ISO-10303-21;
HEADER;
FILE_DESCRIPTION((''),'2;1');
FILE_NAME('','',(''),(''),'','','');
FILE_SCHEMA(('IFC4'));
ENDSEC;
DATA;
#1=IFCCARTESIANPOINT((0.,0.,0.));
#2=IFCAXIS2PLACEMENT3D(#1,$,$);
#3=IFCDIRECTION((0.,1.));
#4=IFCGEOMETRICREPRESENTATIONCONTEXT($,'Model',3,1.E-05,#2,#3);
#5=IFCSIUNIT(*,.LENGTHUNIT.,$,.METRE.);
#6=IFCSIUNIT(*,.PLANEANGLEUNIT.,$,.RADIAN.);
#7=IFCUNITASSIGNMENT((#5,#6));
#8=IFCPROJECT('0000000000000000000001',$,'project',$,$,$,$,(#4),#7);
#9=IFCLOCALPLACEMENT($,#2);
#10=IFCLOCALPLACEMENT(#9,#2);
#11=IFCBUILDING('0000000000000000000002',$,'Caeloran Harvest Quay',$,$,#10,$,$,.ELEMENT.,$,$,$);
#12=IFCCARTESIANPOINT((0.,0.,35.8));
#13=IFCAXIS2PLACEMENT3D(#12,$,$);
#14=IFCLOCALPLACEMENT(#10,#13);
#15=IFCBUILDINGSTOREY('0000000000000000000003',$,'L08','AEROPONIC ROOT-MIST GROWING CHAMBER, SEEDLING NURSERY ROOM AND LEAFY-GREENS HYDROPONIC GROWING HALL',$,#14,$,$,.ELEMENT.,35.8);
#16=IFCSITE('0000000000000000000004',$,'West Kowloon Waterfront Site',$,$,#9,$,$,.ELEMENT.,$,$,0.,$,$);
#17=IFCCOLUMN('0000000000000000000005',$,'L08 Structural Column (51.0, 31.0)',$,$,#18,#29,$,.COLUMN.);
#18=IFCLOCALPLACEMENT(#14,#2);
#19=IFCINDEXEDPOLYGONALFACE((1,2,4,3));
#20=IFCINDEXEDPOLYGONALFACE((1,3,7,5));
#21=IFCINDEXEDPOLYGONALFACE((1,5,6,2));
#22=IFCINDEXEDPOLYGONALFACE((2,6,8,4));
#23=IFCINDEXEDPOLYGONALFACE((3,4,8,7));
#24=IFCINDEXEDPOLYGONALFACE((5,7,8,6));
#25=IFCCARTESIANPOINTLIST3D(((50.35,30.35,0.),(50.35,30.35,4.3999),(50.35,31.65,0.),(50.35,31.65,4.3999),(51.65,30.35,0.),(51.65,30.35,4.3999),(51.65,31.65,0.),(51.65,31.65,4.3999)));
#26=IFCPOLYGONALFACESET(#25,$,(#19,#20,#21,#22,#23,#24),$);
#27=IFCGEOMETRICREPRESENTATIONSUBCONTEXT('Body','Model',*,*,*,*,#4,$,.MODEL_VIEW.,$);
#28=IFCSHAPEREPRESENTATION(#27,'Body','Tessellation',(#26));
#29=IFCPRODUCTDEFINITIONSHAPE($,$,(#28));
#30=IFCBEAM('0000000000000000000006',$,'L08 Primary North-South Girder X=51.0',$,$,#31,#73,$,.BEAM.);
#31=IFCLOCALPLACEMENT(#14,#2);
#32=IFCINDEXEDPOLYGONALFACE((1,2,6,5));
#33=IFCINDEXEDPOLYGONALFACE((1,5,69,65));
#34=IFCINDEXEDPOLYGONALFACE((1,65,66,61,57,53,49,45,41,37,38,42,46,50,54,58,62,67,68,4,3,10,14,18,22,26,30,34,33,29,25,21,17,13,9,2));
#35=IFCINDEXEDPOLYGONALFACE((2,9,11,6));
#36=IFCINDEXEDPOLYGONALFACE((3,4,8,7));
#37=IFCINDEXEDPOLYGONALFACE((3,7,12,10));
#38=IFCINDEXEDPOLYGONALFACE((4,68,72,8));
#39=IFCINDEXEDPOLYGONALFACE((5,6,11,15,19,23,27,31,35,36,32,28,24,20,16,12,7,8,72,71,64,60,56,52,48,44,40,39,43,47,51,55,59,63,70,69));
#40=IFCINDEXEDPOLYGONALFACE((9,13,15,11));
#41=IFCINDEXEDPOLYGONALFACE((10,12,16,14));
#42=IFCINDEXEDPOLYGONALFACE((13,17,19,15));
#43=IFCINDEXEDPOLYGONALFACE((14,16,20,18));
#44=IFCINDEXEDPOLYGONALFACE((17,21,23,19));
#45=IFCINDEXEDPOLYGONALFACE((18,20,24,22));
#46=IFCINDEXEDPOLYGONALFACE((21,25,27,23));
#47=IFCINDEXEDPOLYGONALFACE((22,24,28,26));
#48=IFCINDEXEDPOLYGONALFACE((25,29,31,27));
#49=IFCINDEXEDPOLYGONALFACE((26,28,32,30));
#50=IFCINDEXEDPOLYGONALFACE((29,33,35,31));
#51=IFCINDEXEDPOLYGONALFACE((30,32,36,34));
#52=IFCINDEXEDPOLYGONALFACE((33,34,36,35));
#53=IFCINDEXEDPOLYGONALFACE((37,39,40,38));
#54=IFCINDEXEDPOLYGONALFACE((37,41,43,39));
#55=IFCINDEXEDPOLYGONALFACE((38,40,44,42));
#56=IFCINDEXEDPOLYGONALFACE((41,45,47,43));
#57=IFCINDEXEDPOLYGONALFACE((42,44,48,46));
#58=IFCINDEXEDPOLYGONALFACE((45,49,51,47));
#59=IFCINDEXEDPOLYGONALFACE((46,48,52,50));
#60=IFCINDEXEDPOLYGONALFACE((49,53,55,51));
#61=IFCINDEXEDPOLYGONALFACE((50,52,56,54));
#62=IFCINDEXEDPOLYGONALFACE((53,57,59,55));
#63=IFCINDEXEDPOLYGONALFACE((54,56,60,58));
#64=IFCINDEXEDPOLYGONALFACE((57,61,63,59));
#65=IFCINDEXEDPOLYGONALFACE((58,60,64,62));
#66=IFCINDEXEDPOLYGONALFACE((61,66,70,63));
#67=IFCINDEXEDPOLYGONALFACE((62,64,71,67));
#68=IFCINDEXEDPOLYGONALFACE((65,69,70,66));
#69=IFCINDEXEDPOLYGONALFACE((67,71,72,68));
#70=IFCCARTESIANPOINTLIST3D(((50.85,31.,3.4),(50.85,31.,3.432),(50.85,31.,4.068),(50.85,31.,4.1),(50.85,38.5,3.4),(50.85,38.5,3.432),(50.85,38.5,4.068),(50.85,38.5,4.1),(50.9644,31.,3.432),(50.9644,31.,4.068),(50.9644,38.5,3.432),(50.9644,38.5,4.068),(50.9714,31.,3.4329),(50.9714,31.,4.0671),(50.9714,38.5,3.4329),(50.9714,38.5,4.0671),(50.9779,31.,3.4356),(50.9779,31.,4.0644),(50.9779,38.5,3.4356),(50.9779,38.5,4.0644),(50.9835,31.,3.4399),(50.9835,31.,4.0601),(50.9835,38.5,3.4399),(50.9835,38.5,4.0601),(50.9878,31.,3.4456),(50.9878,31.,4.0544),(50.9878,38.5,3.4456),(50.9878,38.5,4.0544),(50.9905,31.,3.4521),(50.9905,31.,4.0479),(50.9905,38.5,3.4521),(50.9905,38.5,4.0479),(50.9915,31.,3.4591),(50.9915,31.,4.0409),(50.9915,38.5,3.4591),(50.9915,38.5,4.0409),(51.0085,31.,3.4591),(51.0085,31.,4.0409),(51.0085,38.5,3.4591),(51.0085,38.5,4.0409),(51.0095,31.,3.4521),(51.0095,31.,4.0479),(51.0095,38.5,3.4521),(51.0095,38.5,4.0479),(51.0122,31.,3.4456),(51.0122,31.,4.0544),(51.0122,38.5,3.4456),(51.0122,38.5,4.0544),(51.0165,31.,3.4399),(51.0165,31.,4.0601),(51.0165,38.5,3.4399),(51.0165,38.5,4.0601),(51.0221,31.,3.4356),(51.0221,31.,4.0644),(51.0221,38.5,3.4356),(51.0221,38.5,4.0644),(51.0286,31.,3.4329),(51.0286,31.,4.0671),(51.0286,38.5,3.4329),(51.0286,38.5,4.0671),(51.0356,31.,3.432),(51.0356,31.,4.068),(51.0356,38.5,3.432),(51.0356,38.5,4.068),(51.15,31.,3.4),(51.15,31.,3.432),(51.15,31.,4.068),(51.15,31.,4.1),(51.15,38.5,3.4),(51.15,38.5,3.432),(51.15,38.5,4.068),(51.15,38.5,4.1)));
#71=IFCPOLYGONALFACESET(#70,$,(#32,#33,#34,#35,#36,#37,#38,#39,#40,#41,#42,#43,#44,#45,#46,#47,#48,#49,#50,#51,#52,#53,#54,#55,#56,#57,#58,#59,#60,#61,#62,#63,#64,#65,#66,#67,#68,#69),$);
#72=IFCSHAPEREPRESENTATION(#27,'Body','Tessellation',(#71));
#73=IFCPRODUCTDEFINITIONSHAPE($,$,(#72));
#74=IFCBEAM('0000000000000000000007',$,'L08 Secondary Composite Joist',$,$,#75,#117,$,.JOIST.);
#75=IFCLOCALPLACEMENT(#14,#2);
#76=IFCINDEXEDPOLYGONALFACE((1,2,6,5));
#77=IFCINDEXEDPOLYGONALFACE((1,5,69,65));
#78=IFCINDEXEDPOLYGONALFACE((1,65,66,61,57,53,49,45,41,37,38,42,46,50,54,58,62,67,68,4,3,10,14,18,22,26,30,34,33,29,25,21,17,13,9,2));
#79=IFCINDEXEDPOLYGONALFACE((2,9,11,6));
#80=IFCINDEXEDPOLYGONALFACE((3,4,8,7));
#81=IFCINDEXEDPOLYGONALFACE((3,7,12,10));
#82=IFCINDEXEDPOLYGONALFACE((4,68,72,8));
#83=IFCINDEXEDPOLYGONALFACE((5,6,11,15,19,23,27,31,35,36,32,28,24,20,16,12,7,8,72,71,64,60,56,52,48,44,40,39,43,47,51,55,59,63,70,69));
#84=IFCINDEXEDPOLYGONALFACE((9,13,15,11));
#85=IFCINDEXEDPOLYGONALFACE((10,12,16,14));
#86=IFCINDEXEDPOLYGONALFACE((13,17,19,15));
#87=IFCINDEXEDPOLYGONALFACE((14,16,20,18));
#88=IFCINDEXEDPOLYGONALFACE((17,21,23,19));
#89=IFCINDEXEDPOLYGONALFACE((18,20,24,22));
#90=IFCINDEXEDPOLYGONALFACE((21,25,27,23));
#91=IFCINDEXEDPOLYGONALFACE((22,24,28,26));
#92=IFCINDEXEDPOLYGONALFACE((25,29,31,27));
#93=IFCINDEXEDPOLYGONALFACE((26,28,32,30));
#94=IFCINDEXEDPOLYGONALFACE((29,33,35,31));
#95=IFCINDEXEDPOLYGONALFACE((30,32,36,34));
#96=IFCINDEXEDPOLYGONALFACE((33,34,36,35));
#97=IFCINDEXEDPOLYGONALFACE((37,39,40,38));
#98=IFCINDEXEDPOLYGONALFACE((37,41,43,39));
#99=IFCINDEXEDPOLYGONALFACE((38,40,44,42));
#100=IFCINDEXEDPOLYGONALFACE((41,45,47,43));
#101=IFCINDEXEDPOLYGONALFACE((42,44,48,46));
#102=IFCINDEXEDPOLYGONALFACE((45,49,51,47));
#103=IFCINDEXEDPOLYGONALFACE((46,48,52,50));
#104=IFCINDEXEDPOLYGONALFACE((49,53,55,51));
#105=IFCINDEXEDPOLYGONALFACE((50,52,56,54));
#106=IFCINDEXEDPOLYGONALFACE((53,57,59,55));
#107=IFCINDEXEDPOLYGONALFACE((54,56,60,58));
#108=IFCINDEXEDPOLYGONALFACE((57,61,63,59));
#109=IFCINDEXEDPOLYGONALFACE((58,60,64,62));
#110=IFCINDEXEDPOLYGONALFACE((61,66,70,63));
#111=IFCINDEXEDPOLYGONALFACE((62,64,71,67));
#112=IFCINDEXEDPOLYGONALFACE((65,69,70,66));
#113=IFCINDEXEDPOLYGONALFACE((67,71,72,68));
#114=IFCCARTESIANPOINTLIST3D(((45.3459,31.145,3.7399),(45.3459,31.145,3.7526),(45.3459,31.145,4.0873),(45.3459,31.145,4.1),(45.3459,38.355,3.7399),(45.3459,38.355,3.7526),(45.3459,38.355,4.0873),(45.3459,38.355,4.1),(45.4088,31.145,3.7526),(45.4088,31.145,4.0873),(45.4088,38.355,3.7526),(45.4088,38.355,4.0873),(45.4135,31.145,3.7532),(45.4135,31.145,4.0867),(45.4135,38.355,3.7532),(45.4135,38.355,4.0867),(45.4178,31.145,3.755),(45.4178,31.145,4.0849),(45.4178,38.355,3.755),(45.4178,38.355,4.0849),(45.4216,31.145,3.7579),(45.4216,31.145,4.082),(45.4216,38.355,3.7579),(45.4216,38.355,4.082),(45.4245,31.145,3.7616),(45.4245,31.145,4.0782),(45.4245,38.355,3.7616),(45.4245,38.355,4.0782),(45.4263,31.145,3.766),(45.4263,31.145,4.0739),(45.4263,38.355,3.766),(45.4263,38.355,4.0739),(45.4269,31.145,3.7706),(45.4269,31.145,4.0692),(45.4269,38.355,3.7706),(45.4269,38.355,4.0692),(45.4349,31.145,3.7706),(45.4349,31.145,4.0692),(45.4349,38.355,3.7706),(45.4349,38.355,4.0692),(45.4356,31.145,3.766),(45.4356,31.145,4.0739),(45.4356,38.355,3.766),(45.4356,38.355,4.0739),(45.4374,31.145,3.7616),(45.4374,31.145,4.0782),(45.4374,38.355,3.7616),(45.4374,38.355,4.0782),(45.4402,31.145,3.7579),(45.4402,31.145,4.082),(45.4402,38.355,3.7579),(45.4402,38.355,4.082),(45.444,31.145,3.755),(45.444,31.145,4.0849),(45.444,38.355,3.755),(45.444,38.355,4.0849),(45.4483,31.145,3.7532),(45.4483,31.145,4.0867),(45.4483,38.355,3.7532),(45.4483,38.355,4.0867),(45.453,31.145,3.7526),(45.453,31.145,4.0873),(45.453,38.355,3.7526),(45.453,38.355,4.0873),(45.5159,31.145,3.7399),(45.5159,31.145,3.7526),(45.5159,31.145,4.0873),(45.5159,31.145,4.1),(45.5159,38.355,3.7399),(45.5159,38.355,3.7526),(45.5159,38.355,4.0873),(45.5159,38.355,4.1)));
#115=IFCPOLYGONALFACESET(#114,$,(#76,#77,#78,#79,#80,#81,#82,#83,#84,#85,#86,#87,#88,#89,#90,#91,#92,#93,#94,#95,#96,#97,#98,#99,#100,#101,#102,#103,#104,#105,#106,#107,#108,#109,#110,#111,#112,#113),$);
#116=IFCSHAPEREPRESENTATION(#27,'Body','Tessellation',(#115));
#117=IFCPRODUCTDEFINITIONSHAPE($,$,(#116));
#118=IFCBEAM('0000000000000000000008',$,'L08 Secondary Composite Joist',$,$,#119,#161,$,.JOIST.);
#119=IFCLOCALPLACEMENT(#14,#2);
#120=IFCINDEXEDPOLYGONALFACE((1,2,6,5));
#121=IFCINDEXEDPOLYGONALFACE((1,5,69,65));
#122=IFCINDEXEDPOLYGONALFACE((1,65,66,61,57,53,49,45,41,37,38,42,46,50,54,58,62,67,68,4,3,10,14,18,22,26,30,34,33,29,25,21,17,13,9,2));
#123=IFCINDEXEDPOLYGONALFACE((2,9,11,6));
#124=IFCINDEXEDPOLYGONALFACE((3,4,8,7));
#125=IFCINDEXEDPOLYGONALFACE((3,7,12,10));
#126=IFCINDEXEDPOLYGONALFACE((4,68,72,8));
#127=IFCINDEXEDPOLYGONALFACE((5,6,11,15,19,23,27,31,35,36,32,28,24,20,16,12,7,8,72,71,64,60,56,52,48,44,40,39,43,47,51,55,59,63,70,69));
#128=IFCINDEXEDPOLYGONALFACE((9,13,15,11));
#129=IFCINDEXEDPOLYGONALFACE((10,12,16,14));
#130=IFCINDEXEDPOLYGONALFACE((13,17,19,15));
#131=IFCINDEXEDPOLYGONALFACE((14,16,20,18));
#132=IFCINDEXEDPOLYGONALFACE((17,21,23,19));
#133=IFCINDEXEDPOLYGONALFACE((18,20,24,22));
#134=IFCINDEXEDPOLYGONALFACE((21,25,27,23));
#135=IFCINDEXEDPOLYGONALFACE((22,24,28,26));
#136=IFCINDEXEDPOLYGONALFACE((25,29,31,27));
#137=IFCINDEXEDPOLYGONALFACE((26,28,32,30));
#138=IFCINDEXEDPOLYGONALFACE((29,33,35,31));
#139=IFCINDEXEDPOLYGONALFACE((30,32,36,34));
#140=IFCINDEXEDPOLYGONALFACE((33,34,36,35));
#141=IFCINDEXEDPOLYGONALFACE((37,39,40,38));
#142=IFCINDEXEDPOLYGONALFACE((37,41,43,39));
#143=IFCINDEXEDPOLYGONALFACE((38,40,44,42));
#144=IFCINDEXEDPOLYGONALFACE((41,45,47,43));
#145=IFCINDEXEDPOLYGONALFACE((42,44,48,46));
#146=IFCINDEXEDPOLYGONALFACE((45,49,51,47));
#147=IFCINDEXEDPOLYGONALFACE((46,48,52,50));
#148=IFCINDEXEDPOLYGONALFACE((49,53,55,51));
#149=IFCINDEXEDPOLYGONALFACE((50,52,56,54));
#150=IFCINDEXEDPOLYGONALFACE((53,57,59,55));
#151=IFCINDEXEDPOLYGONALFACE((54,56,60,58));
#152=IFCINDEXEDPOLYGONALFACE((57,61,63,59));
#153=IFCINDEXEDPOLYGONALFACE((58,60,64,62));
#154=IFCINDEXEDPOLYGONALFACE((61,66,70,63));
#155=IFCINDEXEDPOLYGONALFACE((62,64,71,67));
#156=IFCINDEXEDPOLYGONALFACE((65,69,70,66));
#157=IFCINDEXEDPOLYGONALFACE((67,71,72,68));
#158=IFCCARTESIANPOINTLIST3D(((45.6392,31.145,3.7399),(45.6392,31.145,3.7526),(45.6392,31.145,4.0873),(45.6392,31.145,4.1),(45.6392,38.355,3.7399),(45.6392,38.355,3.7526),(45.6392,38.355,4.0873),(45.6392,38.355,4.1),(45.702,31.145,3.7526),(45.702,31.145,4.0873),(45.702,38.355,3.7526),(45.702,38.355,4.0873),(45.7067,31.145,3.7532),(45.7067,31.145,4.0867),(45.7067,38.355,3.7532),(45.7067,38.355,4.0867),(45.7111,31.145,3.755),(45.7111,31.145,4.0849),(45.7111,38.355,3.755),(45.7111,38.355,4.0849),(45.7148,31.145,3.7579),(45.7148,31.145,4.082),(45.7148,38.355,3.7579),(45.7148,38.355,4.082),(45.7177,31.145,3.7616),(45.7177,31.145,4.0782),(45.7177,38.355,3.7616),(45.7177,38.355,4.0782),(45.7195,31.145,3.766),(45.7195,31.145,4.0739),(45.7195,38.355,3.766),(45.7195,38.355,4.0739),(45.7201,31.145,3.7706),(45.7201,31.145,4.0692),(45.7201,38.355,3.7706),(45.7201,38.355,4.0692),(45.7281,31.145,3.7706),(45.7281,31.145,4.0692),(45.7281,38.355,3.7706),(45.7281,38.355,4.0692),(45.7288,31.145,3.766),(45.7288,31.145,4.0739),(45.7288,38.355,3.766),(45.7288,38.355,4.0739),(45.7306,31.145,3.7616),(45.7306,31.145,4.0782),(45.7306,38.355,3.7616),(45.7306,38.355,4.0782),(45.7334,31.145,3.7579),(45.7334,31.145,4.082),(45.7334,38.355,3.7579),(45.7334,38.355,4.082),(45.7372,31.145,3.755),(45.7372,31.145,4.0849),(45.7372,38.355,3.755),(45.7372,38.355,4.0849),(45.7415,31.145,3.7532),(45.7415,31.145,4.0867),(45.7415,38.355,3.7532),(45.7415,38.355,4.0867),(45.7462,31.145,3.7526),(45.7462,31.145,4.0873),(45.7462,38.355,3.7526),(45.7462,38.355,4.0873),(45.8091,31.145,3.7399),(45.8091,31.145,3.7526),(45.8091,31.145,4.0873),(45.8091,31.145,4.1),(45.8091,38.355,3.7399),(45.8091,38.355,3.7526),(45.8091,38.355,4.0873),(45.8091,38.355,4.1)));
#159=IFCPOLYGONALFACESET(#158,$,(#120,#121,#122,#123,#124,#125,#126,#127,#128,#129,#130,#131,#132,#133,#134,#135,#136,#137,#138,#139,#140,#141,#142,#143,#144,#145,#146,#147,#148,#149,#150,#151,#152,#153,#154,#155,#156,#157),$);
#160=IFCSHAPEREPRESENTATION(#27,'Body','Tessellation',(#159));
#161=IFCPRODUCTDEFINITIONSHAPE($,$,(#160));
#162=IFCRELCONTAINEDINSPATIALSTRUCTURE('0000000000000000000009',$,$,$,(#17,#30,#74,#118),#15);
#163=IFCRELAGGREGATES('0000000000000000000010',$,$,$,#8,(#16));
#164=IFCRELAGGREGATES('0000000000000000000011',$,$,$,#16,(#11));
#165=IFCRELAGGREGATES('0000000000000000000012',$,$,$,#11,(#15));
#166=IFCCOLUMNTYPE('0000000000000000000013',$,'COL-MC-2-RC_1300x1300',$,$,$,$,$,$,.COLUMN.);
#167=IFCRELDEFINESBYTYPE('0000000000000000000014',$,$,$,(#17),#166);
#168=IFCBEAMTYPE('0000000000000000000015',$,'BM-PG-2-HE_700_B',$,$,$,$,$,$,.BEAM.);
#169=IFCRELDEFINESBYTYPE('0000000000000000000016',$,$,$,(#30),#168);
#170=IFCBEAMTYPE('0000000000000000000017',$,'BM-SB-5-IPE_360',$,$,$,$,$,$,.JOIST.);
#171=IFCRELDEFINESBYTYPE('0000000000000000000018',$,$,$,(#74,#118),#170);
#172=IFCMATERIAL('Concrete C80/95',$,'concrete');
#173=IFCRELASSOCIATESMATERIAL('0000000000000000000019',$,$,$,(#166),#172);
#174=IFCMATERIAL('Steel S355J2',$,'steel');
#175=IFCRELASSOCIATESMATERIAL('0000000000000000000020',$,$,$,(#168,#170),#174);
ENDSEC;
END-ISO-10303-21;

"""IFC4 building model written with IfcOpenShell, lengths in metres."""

from ifc_helpers import new_model, si_unit, direction, frame, origin, origin_2d, place, context, subcontext, project, spatial, rectangle, i_section, extrude, material, material_profile, profile_set, type_object, element, save


model = new_model("IFC4")

# Units and contexts
model_context = context("Model", 3, precision=1e-05, world=origin(), true_north=direction((0.0, 1.0)))
body_context = subcontext(model_context, "Body", "Model", "MODEL_VIEW")
ifc_project = project(units=[si_unit("LENGTHUNIT", "METRE"), si_unit("PLANEANGLEUNIT", "RADIAN")], contexts=[model_context])

# Site, building, storey
site_placement = place(None, origin())
site = spatial("IfcSite", under=ifc_project, at=site_placement, Name="West Kowloon Waterfront Site", CompositionType="ELEMENT", RefElevation=0.0)
building_placement = place(site_placement, origin())
building = spatial("IfcBuilding", under=site, at=building_placement, Name="Caeloran Harvest Quay", CompositionType="ELEMENT")
storey_placement = place(building_placement, frame((0.0, 0.0, 35.8)))
storey = spatial("IfcBuildingStorey", under=building, at=storey_placement, Name="L08", Description="AEROPONIC ROOT-MIST GROWING CHAMBER, SEEDLING NURSERY ROOM AND LEAFY-GREENS HYDROPONIC GROWING HALL", CompositionType="ELEMENT", Elevation=35.8)

# Column
ifc_material_1 = material(Name="Concrete C80/95", Category="concrete")
ifc_material_profile_1 = material_profile(ifc_material_1, rectangle(XDim=1.3, YDim=1.3, at=origin_2d()), Name="RC 1300x1300")
ifc_profile_set_1 = profile_set([ifc_material_profile_1], Name="Concrete C80/95")
column_type = type_object("IfcColumnType", Name="COL-MC-2-RC_1300x1300", PredefinedType="COLUMN", material=ifc_profile_set_1)
column_placement = place(storey_placement, frame((51.0, 31.0, 0.0), z_axis=(0.0, 0.0, 1.0), x_axis=(1.0, 0.0, 0.0)))
element("IfcColumn", 1, at=column_placement, inside=storey, type_object=column_type, Name="L08 Structural Column (51.0, 31.0)", PredefinedType="COLUMN", context=body_context, shape_type="SweptSolid", body=[
    extrude(rectangle(XDim=1.3, YDim=1.3, at=origin_2d()), origin(), (0.0, 0.0, 1.0), 4.3999),
])

# Beams
ifc_material_2 = material(Name="Steel S355J2", Category="steel")
ifc_material_profile_2 = material_profile(ifc_material_2, i_section(OverallWidth=0.3, OverallDepth=0.7, WebThickness=0.0171, FlangeThickness=0.032, FilletRadius=0.0271, at=origin_2d()), Name="HE 700 B")
ifc_profile_set_2 = profile_set([ifc_material_profile_2], Name="Steel S355J2")
beam_type_1 = type_object("IfcBeamType", Name="BM-PG-2-HE_700_B", PredefinedType="BEAM", material=ifc_profile_set_2)
beam_placement = place(storey_placement, frame((51.0, 31.0, 3.75), z_axis=(0.0, 1.0, 0.0), x_axis=(-1.0, 0.0, 0.0)))
element("IfcBeam", 2, at=beam_placement, inside=storey, type_object=beam_type_1, Name="L08 Primary North-South Girder X=51.0", PredefinedType="BEAM", context=body_context, shape_type="SweptSolid", body=[
    extrude(i_section(OverallWidth=0.3, OverallDepth=0.7, WebThickness=0.0171, FlangeThickness=0.032, FilletRadius=0.0271, at=origin_2d()), origin(), (0.0, 0.0, 1.0), 7.5),
])
ifc_material_profile_3 = material_profile(ifc_material_2, i_section(OverallWidth=0.1699, OverallDepth=0.3601, WebThickness=0.0081, FlangeThickness=0.0127, FilletRadius=0.0181, at=origin_2d()), Name="IPE 360")
ifc_profile_set_3 = profile_set([ifc_material_profile_3], Name="Steel S355J2")
beam_type_2 = type_object("IfcBeamType", Name="BM-SB-5-IPE_360", PredefinedType="JOIST", material=ifc_profile_set_3)
for number, where, z_axis, x_axis, name in (
    (3, (45.4309, 31.145, 3.9199), (0.0, 1.0, 0.0), (-1.0, 0.0, 0.0), "L08 Secondary Composite Joist"),
    (4, (45.7241, 31.145, 3.9199), (0.0, 1.0, 0.0), (-1.0, 0.0, 0.0), "L08 Secondary Composite Joist"),
):
    element("IfcBeam", number, at=place(storey_placement, frame(where, z_axis=z_axis, x_axis=x_axis)), inside=storey, type_object=beam_type_2, Name=name, PredefinedType="JOIST", context=body_context, shape_type="SweptSolid", body=[
        extrude(i_section(OverallWidth=0.1699, OverallDepth=0.3601, WebThickness=0.0081, FlangeThickness=0.0127, FilletRadius=0.0181, at=origin_2d()), origin(), (0.0, 0.0, 1.0), 7.21),
    ])

save(model, "model.ifc")
